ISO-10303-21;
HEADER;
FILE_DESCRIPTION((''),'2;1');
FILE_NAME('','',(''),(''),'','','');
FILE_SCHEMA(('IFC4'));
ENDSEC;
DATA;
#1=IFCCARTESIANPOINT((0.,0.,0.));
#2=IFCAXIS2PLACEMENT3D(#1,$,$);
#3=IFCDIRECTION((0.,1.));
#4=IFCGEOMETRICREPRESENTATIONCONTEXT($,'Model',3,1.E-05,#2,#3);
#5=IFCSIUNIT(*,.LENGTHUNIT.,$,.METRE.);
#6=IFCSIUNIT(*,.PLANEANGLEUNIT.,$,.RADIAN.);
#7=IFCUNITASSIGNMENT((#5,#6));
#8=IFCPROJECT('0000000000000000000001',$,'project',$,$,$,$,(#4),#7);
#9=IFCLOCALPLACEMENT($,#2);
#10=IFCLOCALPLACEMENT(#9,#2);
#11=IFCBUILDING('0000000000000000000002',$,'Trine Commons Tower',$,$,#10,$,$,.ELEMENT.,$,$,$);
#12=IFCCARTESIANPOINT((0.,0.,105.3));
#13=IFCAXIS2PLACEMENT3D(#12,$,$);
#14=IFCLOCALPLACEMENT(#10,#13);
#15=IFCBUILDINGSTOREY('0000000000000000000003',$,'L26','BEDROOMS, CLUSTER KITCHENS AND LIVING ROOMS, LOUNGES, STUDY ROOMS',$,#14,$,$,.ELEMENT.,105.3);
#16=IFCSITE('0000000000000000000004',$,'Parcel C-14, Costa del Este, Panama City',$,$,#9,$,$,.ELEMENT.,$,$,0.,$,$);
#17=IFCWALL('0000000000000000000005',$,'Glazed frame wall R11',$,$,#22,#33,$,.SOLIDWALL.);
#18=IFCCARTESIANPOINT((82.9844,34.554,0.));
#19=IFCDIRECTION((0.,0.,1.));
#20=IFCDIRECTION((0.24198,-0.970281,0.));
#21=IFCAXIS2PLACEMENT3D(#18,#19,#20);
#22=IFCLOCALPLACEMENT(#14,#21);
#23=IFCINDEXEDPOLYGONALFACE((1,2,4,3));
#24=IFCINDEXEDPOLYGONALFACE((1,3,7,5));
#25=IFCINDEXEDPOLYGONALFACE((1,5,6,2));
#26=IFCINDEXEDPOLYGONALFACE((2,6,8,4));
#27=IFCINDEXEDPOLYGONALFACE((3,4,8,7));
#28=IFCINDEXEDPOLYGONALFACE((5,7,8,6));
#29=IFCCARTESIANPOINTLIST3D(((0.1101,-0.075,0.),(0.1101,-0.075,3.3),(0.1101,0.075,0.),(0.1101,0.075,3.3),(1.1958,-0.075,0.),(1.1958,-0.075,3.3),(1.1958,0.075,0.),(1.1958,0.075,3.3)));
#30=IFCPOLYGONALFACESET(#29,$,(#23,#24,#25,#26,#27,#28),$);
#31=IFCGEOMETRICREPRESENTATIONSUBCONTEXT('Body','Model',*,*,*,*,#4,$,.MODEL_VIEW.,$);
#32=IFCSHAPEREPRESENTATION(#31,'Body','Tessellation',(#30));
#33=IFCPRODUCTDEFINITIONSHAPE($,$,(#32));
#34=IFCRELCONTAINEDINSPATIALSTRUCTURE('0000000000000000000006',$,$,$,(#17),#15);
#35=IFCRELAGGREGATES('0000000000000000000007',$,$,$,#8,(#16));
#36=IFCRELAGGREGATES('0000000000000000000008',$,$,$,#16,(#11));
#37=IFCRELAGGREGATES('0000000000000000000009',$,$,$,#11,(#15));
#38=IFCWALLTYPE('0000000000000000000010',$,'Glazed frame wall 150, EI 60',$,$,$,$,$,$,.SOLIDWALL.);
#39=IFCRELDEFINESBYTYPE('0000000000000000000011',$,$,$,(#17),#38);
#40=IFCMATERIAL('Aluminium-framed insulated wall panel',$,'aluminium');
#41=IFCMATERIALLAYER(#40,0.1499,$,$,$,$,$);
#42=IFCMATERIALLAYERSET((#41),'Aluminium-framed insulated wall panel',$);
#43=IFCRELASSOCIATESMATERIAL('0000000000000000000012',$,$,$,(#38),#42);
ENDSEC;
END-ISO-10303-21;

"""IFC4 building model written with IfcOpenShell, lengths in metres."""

from ifc_helpers import new_model, si_unit, direction, frame, origin, place, context, subcontext, project, spatial, polyline, outline, extrude, material, layer, layer_set, type_object, element, save


model = new_model("IFC4")

# Units and contexts
model_context = context("Model", 3, precision=1e-05, world=origin(), true_north=direction((0.0, 1.0)))
body_context = subcontext(model_context, "Body", "Model", "MODEL_VIEW")
ifc_project = project(units=[si_unit("LENGTHUNIT", "METRE"), si_unit("PLANEANGLEUNIT", "RADIAN")], contexts=[model_context])

# Site, building, storey
site_placement = place(None, origin())
site = spatial("IfcSite", under=ifc_project, at=site_placement, Name="Parcel C-14, Costa del Este, Panama City", CompositionType="ELEMENT", RefElevation=0.0)
building_placement = place(site_placement, origin())
building = spatial("IfcBuilding", under=site, at=building_placement, Name="Trine Commons Tower", CompositionType="ELEMENT")
storey_placement = place(building_placement, frame((0.0, 0.0, 105.3)))
storey = spatial("IfcBuildingStorey", under=building, at=storey_placement, Name="L26", Description="BEDROOMS, CLUSTER KITCHENS AND LIVING ROOMS, LOUNGES, STUDY ROOMS", CompositionType="ELEMENT", Elevation=105.3)

# Shared definitions
ifc_material_1 = material(Name="Aluminium-framed insulated wall panel", Category="aluminium")
ifc_layer_1 = layer(ifc_material_1, 0.1499)
ifc_layer_set_1 = layer_set([ifc_layer_1], Name="Aluminium-framed insulated wall panel")
wall_type_1 = type_object("IfcWallType", Name="Glazed frame wall 150, EI 60", PredefinedType="SOLIDWALL", material=ifc_layer_set_1)

# Wall
wall_1_placement = place(storey_placement, frame((82.9844, 34.554, 0.0), z_axis=(0.0, 0.0, 1.0), x_axis=(0.24198, -0.970281, 0.0)))
element("IfcWall", 1, at=wall_1_placement, inside=storey, type_object=wall_type_1, Name="Glazed frame wall R11", PredefinedType="SOLIDWALL", context=body_context, shape_type="SweptSolid", body=[
    extrude(outline(polyline([(0.1101, 0.075), (0.1101, -0.075), (1.1958, -0.075), (1.1958, 0.075), (0.1101, 0.075)])), origin(), (0.0, 0.0, 1.0), 3.3),
])

save(model, "model.ifc")
